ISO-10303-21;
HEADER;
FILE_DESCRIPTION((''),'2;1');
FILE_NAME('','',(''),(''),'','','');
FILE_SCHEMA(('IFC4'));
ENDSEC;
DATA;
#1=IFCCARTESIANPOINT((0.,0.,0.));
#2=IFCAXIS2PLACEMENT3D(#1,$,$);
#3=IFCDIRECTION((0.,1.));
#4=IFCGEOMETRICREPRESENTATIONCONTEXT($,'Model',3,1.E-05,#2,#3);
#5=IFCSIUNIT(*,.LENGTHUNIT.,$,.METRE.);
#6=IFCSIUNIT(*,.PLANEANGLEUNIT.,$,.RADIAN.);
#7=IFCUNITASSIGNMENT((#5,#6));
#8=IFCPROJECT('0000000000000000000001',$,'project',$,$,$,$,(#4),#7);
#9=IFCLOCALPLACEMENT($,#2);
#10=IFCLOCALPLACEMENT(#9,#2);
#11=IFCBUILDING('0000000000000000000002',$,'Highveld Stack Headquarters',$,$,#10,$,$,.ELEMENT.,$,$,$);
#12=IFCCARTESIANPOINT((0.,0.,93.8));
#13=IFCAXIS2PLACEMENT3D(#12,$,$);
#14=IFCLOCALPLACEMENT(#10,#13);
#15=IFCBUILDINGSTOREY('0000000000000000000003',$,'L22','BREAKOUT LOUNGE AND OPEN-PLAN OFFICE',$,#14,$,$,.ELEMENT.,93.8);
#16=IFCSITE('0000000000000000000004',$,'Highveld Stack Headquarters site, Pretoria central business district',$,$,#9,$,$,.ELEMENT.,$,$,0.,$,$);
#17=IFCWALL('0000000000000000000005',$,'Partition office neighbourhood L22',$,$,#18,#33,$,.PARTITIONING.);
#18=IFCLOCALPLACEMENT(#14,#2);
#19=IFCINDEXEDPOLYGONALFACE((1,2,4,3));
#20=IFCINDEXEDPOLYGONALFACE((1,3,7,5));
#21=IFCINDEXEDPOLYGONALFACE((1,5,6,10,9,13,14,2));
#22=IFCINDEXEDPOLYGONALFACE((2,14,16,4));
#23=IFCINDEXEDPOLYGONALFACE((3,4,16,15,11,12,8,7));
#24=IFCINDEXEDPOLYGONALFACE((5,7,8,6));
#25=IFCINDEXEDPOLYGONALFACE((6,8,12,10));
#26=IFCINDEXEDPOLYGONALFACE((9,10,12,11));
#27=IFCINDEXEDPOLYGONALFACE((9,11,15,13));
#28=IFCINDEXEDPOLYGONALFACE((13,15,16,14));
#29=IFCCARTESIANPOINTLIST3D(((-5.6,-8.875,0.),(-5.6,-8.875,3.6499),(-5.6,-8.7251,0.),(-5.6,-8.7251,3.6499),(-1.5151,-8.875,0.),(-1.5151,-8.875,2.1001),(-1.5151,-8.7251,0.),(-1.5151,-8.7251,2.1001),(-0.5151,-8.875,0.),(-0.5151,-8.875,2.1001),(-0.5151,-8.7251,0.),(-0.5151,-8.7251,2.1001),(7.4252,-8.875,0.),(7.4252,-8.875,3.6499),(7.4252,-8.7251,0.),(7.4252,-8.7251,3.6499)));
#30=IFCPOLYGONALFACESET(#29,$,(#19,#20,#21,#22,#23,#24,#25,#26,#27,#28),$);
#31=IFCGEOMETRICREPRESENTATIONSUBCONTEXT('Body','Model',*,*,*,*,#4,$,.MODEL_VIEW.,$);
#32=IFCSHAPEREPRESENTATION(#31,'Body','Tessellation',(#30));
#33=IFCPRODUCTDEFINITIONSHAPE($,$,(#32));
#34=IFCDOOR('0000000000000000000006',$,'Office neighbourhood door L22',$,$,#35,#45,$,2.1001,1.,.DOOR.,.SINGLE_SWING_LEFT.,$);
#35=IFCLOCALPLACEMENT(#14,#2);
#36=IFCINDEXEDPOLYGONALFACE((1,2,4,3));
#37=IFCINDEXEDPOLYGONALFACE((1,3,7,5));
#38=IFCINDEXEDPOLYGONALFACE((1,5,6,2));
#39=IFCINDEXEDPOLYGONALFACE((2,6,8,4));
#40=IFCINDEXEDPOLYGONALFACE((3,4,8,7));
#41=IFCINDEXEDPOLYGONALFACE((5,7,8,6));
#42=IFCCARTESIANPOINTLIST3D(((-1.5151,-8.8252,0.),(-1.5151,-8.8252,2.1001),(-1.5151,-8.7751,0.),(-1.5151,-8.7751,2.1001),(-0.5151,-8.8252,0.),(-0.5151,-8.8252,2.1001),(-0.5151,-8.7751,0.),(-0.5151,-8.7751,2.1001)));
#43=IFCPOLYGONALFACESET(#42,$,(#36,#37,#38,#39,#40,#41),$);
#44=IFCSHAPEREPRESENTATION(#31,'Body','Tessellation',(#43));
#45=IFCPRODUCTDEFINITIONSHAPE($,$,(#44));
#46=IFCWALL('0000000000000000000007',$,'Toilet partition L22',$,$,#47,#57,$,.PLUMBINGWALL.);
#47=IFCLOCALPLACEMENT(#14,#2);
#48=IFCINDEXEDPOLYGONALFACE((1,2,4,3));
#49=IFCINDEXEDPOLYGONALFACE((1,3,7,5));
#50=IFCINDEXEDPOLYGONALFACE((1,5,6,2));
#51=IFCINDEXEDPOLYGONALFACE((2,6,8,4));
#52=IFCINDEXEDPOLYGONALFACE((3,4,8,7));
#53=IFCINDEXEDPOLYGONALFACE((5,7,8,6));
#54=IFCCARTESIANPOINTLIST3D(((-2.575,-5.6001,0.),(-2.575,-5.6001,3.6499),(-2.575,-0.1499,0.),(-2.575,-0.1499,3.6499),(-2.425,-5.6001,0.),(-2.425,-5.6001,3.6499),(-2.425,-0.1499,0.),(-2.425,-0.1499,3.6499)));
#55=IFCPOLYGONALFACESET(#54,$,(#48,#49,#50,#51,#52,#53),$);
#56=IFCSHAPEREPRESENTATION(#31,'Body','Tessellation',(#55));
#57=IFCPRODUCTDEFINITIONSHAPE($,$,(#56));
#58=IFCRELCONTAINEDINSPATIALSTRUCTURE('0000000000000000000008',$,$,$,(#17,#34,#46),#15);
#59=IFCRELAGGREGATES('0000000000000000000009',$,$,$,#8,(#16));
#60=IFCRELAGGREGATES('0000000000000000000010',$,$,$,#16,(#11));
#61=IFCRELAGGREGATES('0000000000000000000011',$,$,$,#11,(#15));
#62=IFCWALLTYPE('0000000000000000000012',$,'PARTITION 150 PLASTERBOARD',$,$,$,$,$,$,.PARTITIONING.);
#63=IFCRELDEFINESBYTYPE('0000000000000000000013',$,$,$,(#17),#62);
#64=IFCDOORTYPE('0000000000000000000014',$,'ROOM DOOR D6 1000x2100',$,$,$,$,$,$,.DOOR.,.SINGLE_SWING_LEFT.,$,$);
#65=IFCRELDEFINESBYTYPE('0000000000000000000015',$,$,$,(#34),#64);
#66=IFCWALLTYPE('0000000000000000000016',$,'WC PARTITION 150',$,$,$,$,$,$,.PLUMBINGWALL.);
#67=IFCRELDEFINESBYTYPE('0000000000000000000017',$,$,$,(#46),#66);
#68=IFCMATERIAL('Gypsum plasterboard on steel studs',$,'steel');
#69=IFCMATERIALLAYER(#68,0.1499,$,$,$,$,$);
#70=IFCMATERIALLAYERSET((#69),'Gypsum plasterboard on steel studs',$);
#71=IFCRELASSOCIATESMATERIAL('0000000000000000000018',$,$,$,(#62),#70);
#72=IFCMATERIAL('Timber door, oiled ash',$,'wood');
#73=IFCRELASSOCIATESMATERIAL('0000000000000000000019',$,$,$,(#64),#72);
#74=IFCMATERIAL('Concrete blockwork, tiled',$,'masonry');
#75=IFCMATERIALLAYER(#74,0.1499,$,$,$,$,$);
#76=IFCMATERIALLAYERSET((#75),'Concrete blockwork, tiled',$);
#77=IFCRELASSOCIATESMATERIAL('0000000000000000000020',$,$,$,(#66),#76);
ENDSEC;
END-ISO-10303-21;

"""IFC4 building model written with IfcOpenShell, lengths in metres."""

from ifc_helpers import new_model, si_unit, direction, frame, frame_2d, origin, place, context, subcontext, project, spatial, rectangle, extrude, material, layer, layer_set, type_object, element, fill, save


model = new_model("IFC4")

# Units and contexts
model_context = context("Model", 3, precision=1e-05, world=origin(), true_north=direction((0.0, 1.0)))
body_context = subcontext(model_context, "Body", "Model", "MODEL_VIEW")
ifc_project = project(units=[si_unit("LENGTHUNIT", "METRE"), si_unit("PLANEANGLEUNIT", "RADIAN")], contexts=[model_context])

# Site, building, storey
site_placement = place(None, origin())
site = spatial("IfcSite", under=ifc_project, at=site_placement, Name="Highveld Stack Headquarters site, Pretoria central business district", CompositionType="ELEMENT", RefElevation=0.0)
building_placement = place(site_placement, origin())
building = spatial("IfcBuilding", under=site, at=building_placement, Name="Highveld Stack Headquarters", CompositionType="ELEMENT")
storey_placement = place(building_placement, frame((0.0, 0.0, 93.8)))
storey = spatial("IfcBuildingStorey", under=building, at=storey_placement, Name="L22", Description="BREAKOUT LOUNGE AND OPEN-PLAN OFFICE", CompositionType="ELEMENT", Elevation=93.8)

# Shared definitions
ifc_material_1 = material(Name="Gypsum plasterboard on steel studs", Category="steel")
ifc_layer_1 = layer(ifc_material_1, 0.1499)
ifc_layer_set_1 = layer_set([ifc_layer_1], Name="Gypsum plasterboard on steel studs")
wall_type_1 = type_object("IfcWallType", Name="PARTITION 150 PLASTERBOARD", PredefinedType="PARTITIONING", material=ifc_layer_set_1)
ifc_material_2 = material(Name="Timber door, oiled ash", Category="wood")
door_type_1 = type_object("IfcDoorType", Name="ROOM DOOR D6 1000x2100", OperationType="SINGLE_SWING_LEFT", PredefinedType="DOOR", material=ifc_material_2)

# Wall, opening, door
wall_1_placement = place(storey_placement, frame((-5.6001, -8.8, 0.0), z_axis=(0.0, 0.0, 1.0), x_axis=(1.0, 0.0, 0.0)))
wall_1 = element("IfcWall", 1, at=wall_1_placement, inside=storey, type_object=wall_type_1, Name="Partition office neighbourhood L22", PredefinedType="PARTITIONING", context=body_context, shape_type="SweptSolid", body=[
    extrude(rectangle(XDim=13.0251, YDim=0.1499, at=frame_2d((6.5127, 0.0))), origin(), (0.0, 0.0, 1.0), 3.6499),
])
opening_1_placement = place(wall_1_placement, frame((4.085, 0.0, 0.0)))
opening_1 = element("IfcOpeningElement", 2, at=opening_1_placement, cuts=wall_1, PredefinedType="OPENING", context=body_context, shape_type="SweptSolid", body=[
    extrude(rectangle(XDim=1.0, YDim=2.1001, at=frame_2d((0.5, 1.05))), frame((0.0, 0.085, 0.0), z_axis=(0.0, -1.0, 0.0), x_axis=(1.0, 0.0, 0.0)), (0.0, 0.0, 1.0), 0.1699),
])
door_1_placement = place(opening_1_placement, origin())
door_1 = element("IfcDoor", 3, at=door_1_placement, inside=storey, type_object=door_type_1, Name="Office neighbourhood door L22", OperationType="SINGLE_SWING_LEFT", OverallHeight=2.1001, OverallWidth=1.0, PredefinedType="DOOR", context=body_context, shape_type="SweptSolid", body=[
    extrude(rectangle(XDim=1.0, YDim=2.1001, at=frame_2d((0.5, 1.05))), frame((0.0, 0.0249, 0.0), z_axis=(0.0, -1.0, 0.0), x_axis=(1.0, 0.0, 0.0)), (0.0, 0.0, 1.0), 0.05),
])
fill(opening_1, door_1)

# Wall
ifc_material_3 = material(Name="Concrete blockwork, tiled", Category="masonry")
ifc_layer_2 = layer(ifc_material_3, 0.1499)
ifc_layer_set_2 = layer_set([ifc_layer_2], Name="Concrete blockwork, tiled")
wall_type_2 = type_object("IfcWallType", Name="WC PARTITION 150", PredefinedType="PLUMBINGWALL", material=ifc_layer_set_2)
wall_2_placement = place(storey_placement, frame((-2.5, -5.6001, 0.0), z_axis=(0.0, 0.0, 1.0), x_axis=(0.0, 1.0, 0.0)))
element("IfcWall", 4, at=wall_2_placement, inside=storey, type_object=wall_type_2, Name="Toilet partition L22", PredefinedType="PLUMBINGWALL", context=body_context, shape_type="SweptSolid", body=[
    extrude(rectangle(XDim=5.4502, YDim=0.1499, at=frame_2d((2.7251, 0.0))), origin(), (0.0, 0.0, 1.0), 3.6499),
])

save(model, "model.ifc")
